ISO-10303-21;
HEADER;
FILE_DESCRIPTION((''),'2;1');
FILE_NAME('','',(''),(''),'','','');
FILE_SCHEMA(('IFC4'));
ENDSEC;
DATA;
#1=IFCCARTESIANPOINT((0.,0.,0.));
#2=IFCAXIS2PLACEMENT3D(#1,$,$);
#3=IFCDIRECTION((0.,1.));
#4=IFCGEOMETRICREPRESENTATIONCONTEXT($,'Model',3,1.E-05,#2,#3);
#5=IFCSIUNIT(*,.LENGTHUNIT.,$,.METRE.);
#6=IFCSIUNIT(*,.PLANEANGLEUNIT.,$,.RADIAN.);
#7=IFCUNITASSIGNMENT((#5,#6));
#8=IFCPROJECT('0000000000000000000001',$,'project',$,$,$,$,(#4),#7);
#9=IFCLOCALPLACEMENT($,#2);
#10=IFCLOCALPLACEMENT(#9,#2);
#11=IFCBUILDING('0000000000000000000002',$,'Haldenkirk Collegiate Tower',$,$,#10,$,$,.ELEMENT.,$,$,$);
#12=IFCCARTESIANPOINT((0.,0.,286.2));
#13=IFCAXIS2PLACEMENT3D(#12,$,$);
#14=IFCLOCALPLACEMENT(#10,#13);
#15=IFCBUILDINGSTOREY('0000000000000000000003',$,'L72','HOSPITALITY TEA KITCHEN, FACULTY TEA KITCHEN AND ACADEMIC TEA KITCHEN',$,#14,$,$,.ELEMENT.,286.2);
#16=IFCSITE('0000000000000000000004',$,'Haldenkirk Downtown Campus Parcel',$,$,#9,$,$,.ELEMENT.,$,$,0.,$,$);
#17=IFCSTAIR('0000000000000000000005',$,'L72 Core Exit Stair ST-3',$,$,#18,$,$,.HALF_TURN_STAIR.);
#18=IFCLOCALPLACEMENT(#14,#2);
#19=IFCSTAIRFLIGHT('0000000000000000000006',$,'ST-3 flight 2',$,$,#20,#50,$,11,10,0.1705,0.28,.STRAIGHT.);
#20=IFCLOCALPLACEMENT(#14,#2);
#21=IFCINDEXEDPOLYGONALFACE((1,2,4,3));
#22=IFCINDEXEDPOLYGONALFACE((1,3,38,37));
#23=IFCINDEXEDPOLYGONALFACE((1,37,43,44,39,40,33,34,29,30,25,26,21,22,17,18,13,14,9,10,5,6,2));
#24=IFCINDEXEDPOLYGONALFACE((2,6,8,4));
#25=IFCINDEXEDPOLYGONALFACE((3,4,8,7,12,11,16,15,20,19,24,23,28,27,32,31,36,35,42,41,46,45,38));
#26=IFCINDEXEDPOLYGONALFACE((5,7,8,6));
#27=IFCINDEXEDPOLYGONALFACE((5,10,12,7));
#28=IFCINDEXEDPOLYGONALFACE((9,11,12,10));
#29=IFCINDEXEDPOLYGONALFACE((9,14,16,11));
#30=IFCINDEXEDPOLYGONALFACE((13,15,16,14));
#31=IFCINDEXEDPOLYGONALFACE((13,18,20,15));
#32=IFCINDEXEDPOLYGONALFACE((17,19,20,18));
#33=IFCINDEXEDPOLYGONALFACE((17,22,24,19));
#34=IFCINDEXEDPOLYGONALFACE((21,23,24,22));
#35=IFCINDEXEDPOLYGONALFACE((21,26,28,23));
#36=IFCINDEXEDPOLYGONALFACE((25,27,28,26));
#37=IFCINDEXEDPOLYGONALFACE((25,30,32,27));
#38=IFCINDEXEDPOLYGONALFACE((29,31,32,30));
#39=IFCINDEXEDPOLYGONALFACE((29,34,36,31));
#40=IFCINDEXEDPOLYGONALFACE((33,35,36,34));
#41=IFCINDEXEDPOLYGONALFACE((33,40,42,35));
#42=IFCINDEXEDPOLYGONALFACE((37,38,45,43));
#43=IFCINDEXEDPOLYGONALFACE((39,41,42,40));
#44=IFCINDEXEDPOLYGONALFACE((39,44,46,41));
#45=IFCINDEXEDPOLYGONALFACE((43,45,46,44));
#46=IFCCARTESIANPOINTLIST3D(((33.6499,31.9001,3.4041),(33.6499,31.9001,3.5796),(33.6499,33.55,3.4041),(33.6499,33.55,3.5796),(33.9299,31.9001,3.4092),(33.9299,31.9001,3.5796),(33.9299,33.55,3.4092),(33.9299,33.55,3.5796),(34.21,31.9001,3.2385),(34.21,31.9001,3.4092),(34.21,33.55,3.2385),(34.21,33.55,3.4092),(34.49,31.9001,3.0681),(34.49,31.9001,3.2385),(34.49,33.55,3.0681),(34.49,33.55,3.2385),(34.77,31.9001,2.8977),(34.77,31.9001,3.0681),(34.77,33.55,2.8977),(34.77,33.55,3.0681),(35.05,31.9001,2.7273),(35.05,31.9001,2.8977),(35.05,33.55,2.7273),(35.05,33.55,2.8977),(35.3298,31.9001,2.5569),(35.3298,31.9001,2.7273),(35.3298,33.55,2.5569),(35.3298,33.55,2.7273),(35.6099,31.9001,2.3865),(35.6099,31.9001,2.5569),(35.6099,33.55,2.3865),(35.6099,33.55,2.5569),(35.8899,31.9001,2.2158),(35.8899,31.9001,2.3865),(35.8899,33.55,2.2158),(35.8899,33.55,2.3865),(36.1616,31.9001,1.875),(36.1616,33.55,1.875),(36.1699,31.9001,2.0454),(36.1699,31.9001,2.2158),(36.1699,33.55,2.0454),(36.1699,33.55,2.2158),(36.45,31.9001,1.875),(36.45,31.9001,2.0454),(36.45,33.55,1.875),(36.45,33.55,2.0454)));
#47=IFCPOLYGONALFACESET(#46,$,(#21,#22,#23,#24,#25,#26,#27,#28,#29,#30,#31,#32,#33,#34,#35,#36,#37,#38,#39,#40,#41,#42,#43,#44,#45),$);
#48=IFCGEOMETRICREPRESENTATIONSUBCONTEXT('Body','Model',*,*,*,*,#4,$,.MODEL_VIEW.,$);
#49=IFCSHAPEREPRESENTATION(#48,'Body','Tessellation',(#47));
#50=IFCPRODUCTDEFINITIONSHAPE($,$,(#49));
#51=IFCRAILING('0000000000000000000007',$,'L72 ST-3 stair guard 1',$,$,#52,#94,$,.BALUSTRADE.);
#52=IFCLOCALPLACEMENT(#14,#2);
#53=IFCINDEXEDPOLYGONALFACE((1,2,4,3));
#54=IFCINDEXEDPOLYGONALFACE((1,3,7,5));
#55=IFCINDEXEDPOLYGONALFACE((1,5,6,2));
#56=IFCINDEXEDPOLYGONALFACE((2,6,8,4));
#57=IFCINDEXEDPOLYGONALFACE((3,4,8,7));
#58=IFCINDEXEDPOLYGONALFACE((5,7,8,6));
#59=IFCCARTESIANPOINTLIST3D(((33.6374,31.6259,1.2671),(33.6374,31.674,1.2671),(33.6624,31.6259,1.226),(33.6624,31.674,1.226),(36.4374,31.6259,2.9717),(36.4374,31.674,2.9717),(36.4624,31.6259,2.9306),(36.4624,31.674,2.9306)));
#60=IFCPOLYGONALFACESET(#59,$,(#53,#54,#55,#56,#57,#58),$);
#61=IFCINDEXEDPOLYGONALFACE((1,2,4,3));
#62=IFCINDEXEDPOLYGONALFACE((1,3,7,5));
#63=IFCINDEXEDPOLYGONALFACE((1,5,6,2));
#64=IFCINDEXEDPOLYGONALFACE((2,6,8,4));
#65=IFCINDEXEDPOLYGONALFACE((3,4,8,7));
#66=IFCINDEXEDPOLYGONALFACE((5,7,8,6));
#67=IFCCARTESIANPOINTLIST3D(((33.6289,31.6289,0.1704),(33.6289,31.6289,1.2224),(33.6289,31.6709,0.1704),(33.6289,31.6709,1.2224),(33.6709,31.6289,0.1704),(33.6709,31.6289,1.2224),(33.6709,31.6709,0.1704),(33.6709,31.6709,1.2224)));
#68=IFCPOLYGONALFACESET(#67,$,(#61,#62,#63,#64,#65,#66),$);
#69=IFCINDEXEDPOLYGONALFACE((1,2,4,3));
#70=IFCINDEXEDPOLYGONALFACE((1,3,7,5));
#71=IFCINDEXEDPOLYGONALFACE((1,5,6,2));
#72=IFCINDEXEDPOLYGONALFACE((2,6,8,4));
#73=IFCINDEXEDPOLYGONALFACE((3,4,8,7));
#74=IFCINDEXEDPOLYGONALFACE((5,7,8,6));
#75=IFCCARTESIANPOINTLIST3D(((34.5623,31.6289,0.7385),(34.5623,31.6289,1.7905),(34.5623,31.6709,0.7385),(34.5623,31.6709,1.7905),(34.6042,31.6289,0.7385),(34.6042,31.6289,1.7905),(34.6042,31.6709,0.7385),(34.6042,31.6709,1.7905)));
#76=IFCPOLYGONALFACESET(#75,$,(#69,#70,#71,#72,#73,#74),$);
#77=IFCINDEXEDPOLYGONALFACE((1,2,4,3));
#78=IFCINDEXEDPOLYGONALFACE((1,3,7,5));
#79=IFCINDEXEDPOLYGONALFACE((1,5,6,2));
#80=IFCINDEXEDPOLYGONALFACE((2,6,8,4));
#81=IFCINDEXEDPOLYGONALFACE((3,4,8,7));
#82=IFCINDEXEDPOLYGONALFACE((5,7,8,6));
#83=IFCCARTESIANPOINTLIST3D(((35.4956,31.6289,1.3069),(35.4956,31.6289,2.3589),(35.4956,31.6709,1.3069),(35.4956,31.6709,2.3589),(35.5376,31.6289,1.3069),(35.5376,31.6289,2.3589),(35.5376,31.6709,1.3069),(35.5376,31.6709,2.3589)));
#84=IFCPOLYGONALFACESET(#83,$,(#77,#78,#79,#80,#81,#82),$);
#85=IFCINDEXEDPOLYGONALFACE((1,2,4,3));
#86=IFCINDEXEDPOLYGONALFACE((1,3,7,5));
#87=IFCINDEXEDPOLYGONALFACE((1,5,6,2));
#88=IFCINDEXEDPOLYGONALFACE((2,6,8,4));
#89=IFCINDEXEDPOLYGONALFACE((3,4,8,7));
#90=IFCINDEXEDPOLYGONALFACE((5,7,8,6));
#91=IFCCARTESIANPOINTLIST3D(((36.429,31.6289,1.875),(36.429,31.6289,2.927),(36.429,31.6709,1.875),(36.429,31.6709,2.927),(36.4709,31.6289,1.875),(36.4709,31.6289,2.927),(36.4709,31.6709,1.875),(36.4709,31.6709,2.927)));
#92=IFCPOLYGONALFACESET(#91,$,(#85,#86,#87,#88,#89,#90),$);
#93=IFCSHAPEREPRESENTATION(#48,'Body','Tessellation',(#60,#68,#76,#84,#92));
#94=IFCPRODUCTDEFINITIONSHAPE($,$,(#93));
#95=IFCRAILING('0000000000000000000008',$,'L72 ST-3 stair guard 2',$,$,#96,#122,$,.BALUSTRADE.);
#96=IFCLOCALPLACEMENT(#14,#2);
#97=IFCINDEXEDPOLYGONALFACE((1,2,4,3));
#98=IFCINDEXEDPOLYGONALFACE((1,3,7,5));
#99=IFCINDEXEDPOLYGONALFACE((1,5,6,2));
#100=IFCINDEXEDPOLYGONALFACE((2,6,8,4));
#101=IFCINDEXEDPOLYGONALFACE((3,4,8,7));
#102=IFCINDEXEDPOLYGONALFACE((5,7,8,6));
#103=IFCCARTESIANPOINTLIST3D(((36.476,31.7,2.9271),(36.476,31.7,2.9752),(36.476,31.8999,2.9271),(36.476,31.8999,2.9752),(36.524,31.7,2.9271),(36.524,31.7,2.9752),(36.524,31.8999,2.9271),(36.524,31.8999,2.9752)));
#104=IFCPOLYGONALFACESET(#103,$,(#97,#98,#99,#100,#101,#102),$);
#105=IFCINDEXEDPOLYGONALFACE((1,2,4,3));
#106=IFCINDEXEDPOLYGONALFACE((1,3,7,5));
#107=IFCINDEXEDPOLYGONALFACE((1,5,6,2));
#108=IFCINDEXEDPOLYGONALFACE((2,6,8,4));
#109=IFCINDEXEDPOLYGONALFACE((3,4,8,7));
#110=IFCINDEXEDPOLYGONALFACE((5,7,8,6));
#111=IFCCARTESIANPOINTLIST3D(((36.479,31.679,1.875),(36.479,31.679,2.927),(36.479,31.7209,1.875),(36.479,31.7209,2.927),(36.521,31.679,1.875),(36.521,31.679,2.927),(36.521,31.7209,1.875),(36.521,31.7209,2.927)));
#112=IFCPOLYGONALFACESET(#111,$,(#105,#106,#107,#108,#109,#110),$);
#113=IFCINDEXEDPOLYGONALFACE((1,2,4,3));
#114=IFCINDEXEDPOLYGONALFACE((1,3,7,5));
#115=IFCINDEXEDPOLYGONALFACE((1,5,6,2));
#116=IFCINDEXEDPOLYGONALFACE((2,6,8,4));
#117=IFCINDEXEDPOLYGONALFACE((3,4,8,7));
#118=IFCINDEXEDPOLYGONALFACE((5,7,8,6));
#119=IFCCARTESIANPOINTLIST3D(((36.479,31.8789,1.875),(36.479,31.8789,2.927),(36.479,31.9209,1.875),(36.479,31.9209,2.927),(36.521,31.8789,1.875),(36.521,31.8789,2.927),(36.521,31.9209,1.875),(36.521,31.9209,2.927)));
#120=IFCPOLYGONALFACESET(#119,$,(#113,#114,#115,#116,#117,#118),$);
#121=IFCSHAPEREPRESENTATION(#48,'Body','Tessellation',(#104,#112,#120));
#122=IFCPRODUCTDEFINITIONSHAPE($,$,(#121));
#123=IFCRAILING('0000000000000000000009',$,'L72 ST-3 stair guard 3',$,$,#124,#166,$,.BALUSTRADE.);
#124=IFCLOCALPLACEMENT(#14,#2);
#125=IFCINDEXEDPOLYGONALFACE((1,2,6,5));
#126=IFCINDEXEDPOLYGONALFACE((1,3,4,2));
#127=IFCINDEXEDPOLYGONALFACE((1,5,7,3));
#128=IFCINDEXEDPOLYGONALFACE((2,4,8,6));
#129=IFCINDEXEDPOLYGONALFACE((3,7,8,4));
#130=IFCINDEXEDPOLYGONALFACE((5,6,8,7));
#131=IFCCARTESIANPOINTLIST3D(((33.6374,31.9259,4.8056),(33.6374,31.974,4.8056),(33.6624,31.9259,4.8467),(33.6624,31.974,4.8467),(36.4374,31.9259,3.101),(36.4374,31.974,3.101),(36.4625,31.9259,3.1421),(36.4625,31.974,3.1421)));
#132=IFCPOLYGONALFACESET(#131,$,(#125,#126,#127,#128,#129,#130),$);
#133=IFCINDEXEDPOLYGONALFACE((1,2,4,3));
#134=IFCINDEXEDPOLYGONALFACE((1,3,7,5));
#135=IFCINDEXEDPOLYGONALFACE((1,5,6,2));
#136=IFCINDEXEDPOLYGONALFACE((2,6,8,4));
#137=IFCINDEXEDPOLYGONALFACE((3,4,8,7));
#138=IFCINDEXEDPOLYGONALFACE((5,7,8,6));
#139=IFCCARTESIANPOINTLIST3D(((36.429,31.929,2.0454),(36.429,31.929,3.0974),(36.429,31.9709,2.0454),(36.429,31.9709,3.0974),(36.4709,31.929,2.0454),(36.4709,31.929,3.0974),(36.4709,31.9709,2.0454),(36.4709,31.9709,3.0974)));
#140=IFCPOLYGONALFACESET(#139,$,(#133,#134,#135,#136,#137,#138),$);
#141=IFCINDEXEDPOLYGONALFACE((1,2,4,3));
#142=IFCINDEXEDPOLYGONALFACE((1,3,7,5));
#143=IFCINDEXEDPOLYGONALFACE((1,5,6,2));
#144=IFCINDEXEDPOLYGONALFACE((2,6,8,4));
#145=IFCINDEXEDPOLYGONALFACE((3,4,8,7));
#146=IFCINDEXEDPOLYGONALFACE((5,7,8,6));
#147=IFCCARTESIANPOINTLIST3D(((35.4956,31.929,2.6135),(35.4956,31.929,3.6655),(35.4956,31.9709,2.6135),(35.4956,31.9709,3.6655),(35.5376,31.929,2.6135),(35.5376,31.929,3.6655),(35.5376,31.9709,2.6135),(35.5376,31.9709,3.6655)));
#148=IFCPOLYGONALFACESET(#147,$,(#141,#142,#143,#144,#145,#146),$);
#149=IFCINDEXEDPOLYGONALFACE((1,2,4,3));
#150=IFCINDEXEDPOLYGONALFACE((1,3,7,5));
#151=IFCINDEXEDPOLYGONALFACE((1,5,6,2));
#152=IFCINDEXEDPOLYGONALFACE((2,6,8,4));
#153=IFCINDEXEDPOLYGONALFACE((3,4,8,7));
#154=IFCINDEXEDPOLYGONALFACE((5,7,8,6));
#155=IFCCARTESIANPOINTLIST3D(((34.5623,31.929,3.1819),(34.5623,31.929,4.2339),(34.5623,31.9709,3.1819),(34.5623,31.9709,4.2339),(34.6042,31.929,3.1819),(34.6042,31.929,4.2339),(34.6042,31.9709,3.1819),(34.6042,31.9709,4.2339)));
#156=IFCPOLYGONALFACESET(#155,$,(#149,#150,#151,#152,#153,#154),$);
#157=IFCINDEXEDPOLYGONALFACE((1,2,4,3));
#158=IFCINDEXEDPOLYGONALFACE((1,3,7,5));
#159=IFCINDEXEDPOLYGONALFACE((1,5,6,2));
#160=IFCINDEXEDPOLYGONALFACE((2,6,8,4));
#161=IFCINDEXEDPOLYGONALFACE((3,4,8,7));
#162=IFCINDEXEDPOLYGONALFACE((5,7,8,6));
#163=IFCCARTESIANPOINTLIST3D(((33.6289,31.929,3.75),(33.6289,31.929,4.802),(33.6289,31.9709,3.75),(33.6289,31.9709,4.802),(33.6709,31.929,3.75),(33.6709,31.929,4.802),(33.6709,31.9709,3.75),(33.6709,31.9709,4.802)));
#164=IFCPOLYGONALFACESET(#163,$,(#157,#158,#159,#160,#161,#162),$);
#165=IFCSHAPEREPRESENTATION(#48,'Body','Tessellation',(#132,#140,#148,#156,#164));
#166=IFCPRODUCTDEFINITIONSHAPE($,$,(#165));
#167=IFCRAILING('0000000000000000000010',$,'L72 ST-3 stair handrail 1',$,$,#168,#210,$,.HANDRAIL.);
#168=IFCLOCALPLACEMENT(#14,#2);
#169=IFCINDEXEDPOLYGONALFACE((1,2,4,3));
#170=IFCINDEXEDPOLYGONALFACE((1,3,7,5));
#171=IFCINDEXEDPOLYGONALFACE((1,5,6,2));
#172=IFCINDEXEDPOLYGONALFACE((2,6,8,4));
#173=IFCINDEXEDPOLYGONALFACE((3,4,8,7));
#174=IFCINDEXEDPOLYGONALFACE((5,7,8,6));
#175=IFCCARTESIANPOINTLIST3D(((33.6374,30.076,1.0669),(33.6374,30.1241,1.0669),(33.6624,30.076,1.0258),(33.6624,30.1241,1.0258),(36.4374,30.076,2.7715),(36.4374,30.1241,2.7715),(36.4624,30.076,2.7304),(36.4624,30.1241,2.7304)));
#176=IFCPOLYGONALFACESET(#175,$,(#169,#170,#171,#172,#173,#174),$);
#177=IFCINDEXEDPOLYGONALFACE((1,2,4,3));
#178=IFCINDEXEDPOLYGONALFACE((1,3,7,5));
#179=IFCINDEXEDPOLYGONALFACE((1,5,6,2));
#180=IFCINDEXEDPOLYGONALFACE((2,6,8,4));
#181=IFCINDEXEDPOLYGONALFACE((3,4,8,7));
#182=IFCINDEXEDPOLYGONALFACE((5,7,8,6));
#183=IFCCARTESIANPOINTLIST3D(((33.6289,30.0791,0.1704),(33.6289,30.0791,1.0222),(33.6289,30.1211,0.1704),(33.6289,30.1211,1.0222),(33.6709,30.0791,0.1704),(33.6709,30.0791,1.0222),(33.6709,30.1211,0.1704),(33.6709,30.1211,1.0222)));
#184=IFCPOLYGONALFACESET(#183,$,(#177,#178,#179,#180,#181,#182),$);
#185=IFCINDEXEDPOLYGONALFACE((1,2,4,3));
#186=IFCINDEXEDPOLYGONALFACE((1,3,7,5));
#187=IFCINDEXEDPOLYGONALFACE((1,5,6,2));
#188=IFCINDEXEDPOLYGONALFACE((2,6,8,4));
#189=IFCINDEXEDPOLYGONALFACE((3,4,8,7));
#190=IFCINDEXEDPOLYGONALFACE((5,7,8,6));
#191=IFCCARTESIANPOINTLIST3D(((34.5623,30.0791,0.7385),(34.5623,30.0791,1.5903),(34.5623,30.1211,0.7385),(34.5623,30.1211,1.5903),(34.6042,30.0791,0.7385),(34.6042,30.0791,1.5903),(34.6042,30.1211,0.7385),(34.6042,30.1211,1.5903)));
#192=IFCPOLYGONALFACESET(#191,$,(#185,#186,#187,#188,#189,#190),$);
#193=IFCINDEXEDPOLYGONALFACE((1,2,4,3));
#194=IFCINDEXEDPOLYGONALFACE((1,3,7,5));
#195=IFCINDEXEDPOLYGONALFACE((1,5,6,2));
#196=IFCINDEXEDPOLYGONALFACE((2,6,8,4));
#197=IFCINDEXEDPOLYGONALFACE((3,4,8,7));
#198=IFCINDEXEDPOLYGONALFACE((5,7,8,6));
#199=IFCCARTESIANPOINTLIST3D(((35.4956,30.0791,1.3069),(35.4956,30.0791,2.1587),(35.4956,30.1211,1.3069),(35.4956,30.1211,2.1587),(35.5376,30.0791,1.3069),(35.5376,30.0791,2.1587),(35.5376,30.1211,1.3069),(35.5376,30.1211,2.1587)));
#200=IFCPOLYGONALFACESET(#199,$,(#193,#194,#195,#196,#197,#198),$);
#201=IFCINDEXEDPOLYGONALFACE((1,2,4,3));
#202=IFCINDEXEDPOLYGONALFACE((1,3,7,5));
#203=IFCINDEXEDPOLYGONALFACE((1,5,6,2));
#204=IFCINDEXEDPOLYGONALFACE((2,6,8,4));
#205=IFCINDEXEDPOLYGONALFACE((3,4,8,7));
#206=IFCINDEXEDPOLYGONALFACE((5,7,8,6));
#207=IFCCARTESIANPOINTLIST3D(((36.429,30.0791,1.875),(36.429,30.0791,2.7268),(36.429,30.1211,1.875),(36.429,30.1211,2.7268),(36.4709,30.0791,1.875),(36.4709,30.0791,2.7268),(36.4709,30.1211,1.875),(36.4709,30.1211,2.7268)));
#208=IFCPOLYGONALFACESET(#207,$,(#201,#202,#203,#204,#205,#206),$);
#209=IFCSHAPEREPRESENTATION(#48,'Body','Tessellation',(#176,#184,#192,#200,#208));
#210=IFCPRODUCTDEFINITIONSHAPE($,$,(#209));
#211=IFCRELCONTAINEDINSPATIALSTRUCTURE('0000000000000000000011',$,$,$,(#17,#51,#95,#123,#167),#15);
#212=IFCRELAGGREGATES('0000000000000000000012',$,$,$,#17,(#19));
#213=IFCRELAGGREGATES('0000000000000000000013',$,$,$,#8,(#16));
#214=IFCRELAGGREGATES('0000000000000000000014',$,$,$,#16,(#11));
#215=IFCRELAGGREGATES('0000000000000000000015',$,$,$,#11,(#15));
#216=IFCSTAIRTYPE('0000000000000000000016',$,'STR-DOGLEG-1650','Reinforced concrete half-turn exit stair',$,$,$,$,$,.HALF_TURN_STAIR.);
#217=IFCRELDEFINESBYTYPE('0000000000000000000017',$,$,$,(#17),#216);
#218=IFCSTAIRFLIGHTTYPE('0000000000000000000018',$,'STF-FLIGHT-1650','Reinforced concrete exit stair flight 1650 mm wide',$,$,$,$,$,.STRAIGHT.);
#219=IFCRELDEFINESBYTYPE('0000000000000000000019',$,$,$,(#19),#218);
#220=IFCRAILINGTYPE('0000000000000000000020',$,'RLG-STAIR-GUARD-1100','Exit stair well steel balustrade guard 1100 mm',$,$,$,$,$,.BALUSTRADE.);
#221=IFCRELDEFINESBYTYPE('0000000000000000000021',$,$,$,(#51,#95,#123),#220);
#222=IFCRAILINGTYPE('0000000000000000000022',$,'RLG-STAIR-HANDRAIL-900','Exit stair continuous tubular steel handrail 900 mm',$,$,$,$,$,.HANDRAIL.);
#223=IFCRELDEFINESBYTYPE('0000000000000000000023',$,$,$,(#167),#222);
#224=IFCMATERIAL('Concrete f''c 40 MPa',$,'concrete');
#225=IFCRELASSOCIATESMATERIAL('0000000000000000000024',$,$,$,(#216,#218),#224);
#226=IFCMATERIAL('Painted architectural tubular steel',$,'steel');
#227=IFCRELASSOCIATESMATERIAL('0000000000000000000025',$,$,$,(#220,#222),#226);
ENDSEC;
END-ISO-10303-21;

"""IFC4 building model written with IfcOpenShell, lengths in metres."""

from ifc_helpers import new_model, si_unit, direction, frame, origin, origin_2d, place, context, subcontext, project, spatial, polyline, rectangle, outline, extrude, material, type_object, element, aggregate, save


model = new_model("IFC4")

# Units and contexts
model_context = context("Model", 3, precision=1e-05, world=origin(), true_north=direction((0.0, 1.0)))
body_context = subcontext(model_context, "Body", "Model", "MODEL_VIEW")
ifc_project = project(units=[si_unit("LENGTHUNIT", "METRE"), si_unit("PLANEANGLEUNIT", "RADIAN")], contexts=[model_context])

# Site, building, storey
site_placement = place(None, origin())
site = spatial("IfcSite", under=ifc_project, at=site_placement, Name="Haldenkirk Downtown Campus Parcel", CompositionType="ELEMENT", RefElevation=0.0)
building_placement = place(site_placement, origin())
building = spatial("IfcBuilding", under=site, at=building_placement, Name="Haldenkirk Collegiate Tower", CompositionType="ELEMENT")
storey_placement = place(building_placement, frame((0.0, 0.0, 286.2)))
storey = spatial("IfcBuildingStorey", under=building, at=storey_placement, Name="L72", Description="HOSPITALITY TEA KITCHEN, FACULTY TEA KITCHEN AND ACADEMIC TEA KITCHEN", CompositionType="ELEMENT", Elevation=286.2)

# Stair, stair flight
ifc_material_1 = material(Name="Concrete f'c 40 MPa", Category="concrete")
stair_type = type_object("IfcStairType", Name="STR-DOGLEG-1650", Description="Reinforced concrete half-turn exit stair", PredefinedType="HALF_TURN_STAIR", material=ifc_material_1)
stair_placement = place(storey_placement, origin())
stair = element("IfcStair", 1, at=stair_placement, inside=storey, type_object=stair_type, Name="L72 Core Exit Stair ST-3", PredefinedType="HALF_TURN_STAIR")
stair_flight_type = type_object("IfcStairFlightType", Name="STF-FLIGHT-1650", Description="Reinforced concrete exit stair flight 1650 mm wide", PredefinedType="STRAIGHT", material=ifc_material_1)
stair_flight_1_placement = place(storey_placement, frame((36.45, 32.7251, 1.875), z_axis=(0.0, 0.0, 1.0), x_axis=(-1.0, 0.0, 0.0)))
stair_flight_1 = element("IfcStairFlight", 2, at=stair_flight_1_placement, type_object=stair_flight_type, Name="ST-3 flight 2", NumberOfRisers=11, NumberOfTreads=10, PredefinedType="STRAIGHT", RiserHeight=0.1705, TreadLength=0.28, context=body_context, shape_type="SweptSolid", body=[
    extrude(outline(polyline([(0.0, 0.0), (0.0, 0.1704), (0.28, 0.1704), (0.28, 0.3408), (0.5601, 0.3408), (0.5601, 0.5115), (0.8401, 0.5115), (0.8401, 0.6819), (1.1201, 0.6819), (1.1201, 0.8523), (1.3999, 0.8523), (1.3999, 1.0227), (1.6799, 1.0227), (1.6799, 1.1931), (1.96, 1.1931), (1.96, 1.3635), (2.24, 1.3635), (2.24, 1.5342), (2.52, 1.5342), (2.52, 1.7046), (2.8, 1.7046), (2.8, 1.875), (2.8, 1.5291), (0.2883, 0.0), (0.0, 0.0)])), frame((0.0, 0.825, 0.0), z_axis=(0.0, -1.0, 0.0), x_axis=(1.0, 0.0, 0.0)), (0.0, 0.0, 1.0), 1.6499),
])
aggregate(stair, [stair_flight_1])

# Railings
ifc_material_2 = material(Name="Painted architectural tubular steel", Category="steel")
railing_type_1 = type_object("IfcRailingType", Name="RLG-STAIR-GUARD-1100", Description="Exit stair well steel balustrade guard 1100 mm", PredefinedType="BALUSTRADE", material=ifc_material_2)
railing_1_placement = place(storey_placement, frame((33.6499, 31.6499, 0.1704)))
element("IfcRailing", 3, at=railing_1_placement, inside=storey, type_object=railing_type_1, Name="L72 ST-3 stair guard 1", PredefinedType="BALUSTRADE", context=body_context, shape_type="SweptSolid", body=[
    extrude(rectangle(XDim=0.0481, YDim=0.0481, at=origin_2d()), frame((0.0, 0.0, 1.0762), z_axis=(0.85417, 0.0, 0.519994), x_axis=(0.0, 1.0, 0.0)), (0.0, 0.0, 1.0), 3.2781),
    extrude(rectangle(XDim=0.042, YDim=0.042, at=origin_2d()), origin(), (0.0, 0.0, 1.0), 1.052),
    extrude(rectangle(XDim=0.042, YDim=0.042, at=origin_2d()), frame((0.9333, 0.0, 0.5681)), (0.0, 0.0, 1.0), 1.052),
    extrude(rectangle(XDim=0.042, YDim=0.042, at=origin_2d()), frame((1.8667, 0.0, 1.1365)), (0.0, 0.0, 1.0), 1.052),
    extrude(rectangle(XDim=0.042, YDim=0.042, at=origin_2d()), frame((2.8, 0.0, 1.7046)), (0.0, 0.0, 1.0), 1.052),
])
railing_2_placement = place(storey_placement, frame((36.5, 31.7, 1.875)))
element("IfcRailing", 4, at=railing_2_placement, inside=storey, type_object=railing_type_1, Name="L72 ST-3 stair guard 2", PredefinedType="BALUSTRADE", context=body_context, shape_type="SweptSolid", body=[
    extrude(rectangle(XDim=0.0481, YDim=0.0481, at=origin_2d()), frame((0.0, 0.0, 1.0762), z_axis=(0.0, 1.0, 0.0), x_axis=(-1.0, 0.0, 0.0)), (0.0, 0.0, 1.0), 0.2),
    extrude(rectangle(XDim=0.042, YDim=0.042, at=origin_2d()), origin(), (0.0, 0.0, 1.0), 1.052),
    extrude(rectangle(XDim=0.042, YDim=0.042, at=origin_2d()), frame((0.0, 0.2, 0.0)), (0.0, 0.0, 1.0), 1.052),
])
railing_3_placement = place(storey_placement, frame((36.45, 31.95, 2.0454)))
element("IfcRailing", 5, at=railing_3_placement, inside=storey, type_object=railing_type_1, Name="L72 ST-3 stair guard 3", PredefinedType="BALUSTRADE", context=body_context, shape_type="SweptSolid", body=[
    extrude(rectangle(XDim=0.0481, YDim=0.0481, at=origin_2d()), frame((0.0, 0.0, 1.0762), z_axis=(-0.85417, 0.0, 0.519994), x_axis=(0.0, -1.0, 0.0)), (0.0, 0.0, 1.0), 3.2781),
    extrude(rectangle(XDim=0.042, YDim=0.042, at=origin_2d()), origin(), (0.0, 0.0, 1.0), 1.052),
    extrude(rectangle(XDim=0.042, YDim=0.042, at=origin_2d()), frame((-0.9333, 0.0, 0.5681)), (0.0, 0.0, 1.0), 1.052),
    extrude(rectangle(XDim=0.042, YDim=0.042, at=origin_2d()), frame((-1.8667, 0.0, 1.1365)), (0.0, 0.0, 1.0), 1.052),
    extrude(rectangle(XDim=0.042, YDim=0.042, at=origin_2d()), frame((-2.8, 0.0, 1.7046)), (0.0, 0.0, 1.0), 1.052),
])
railing_type_2 = type_object("IfcRailingType", Name="RLG-STAIR-HANDRAIL-900", Description="Exit stair continuous tubular steel handrail 900 mm", PredefinedType="HANDRAIL", material=ifc_material_2)
railing_4_placement = place(storey_placement, frame((33.6499, 30.1001, 0.1704)))
element("IfcRailing", 6, at=railing_4_placement, inside=storey, type_object=railing_type_2, Name="L72 ST-3 stair handrail 1", PredefinedType="HANDRAIL", context=body_context, shape_type="SweptSolid", body=[
    extrude(rectangle(XDim=0.0481, YDim=0.0481, at=origin_2d()), frame((0.0, 0.0, 0.876), z_axis=(0.85417, 0.0, 0.519994), x_axis=(0.0, 1.0, 0.0)), (0.0, 0.0, 1.0), 3.2781),
    extrude(rectangle(XDim=0.042, YDim=0.042, at=origin_2d()), origin(), (0.0, 0.0, 1.0), 0.8518),
    extrude(rectangle(XDim=0.042, YDim=0.042, at=origin_2d()), frame((0.9333, 0.0, 0.5681)), (0.0, 0.0, 1.0), 0.8518),
    extrude(rectangle(XDim=0.042, YDim=0.042, at=origin_2d()), frame((1.8667, 0.0, 1.1365)), (0.0, 0.0, 1.0), 0.8518),
    extrude(rectangle(XDim=0.042, YDim=0.042, at=origin_2d()), frame((2.8, 0.0, 1.7046)), (0.0, 0.0, 1.0), 0.8518),
])

save(model, "model.ifc")
